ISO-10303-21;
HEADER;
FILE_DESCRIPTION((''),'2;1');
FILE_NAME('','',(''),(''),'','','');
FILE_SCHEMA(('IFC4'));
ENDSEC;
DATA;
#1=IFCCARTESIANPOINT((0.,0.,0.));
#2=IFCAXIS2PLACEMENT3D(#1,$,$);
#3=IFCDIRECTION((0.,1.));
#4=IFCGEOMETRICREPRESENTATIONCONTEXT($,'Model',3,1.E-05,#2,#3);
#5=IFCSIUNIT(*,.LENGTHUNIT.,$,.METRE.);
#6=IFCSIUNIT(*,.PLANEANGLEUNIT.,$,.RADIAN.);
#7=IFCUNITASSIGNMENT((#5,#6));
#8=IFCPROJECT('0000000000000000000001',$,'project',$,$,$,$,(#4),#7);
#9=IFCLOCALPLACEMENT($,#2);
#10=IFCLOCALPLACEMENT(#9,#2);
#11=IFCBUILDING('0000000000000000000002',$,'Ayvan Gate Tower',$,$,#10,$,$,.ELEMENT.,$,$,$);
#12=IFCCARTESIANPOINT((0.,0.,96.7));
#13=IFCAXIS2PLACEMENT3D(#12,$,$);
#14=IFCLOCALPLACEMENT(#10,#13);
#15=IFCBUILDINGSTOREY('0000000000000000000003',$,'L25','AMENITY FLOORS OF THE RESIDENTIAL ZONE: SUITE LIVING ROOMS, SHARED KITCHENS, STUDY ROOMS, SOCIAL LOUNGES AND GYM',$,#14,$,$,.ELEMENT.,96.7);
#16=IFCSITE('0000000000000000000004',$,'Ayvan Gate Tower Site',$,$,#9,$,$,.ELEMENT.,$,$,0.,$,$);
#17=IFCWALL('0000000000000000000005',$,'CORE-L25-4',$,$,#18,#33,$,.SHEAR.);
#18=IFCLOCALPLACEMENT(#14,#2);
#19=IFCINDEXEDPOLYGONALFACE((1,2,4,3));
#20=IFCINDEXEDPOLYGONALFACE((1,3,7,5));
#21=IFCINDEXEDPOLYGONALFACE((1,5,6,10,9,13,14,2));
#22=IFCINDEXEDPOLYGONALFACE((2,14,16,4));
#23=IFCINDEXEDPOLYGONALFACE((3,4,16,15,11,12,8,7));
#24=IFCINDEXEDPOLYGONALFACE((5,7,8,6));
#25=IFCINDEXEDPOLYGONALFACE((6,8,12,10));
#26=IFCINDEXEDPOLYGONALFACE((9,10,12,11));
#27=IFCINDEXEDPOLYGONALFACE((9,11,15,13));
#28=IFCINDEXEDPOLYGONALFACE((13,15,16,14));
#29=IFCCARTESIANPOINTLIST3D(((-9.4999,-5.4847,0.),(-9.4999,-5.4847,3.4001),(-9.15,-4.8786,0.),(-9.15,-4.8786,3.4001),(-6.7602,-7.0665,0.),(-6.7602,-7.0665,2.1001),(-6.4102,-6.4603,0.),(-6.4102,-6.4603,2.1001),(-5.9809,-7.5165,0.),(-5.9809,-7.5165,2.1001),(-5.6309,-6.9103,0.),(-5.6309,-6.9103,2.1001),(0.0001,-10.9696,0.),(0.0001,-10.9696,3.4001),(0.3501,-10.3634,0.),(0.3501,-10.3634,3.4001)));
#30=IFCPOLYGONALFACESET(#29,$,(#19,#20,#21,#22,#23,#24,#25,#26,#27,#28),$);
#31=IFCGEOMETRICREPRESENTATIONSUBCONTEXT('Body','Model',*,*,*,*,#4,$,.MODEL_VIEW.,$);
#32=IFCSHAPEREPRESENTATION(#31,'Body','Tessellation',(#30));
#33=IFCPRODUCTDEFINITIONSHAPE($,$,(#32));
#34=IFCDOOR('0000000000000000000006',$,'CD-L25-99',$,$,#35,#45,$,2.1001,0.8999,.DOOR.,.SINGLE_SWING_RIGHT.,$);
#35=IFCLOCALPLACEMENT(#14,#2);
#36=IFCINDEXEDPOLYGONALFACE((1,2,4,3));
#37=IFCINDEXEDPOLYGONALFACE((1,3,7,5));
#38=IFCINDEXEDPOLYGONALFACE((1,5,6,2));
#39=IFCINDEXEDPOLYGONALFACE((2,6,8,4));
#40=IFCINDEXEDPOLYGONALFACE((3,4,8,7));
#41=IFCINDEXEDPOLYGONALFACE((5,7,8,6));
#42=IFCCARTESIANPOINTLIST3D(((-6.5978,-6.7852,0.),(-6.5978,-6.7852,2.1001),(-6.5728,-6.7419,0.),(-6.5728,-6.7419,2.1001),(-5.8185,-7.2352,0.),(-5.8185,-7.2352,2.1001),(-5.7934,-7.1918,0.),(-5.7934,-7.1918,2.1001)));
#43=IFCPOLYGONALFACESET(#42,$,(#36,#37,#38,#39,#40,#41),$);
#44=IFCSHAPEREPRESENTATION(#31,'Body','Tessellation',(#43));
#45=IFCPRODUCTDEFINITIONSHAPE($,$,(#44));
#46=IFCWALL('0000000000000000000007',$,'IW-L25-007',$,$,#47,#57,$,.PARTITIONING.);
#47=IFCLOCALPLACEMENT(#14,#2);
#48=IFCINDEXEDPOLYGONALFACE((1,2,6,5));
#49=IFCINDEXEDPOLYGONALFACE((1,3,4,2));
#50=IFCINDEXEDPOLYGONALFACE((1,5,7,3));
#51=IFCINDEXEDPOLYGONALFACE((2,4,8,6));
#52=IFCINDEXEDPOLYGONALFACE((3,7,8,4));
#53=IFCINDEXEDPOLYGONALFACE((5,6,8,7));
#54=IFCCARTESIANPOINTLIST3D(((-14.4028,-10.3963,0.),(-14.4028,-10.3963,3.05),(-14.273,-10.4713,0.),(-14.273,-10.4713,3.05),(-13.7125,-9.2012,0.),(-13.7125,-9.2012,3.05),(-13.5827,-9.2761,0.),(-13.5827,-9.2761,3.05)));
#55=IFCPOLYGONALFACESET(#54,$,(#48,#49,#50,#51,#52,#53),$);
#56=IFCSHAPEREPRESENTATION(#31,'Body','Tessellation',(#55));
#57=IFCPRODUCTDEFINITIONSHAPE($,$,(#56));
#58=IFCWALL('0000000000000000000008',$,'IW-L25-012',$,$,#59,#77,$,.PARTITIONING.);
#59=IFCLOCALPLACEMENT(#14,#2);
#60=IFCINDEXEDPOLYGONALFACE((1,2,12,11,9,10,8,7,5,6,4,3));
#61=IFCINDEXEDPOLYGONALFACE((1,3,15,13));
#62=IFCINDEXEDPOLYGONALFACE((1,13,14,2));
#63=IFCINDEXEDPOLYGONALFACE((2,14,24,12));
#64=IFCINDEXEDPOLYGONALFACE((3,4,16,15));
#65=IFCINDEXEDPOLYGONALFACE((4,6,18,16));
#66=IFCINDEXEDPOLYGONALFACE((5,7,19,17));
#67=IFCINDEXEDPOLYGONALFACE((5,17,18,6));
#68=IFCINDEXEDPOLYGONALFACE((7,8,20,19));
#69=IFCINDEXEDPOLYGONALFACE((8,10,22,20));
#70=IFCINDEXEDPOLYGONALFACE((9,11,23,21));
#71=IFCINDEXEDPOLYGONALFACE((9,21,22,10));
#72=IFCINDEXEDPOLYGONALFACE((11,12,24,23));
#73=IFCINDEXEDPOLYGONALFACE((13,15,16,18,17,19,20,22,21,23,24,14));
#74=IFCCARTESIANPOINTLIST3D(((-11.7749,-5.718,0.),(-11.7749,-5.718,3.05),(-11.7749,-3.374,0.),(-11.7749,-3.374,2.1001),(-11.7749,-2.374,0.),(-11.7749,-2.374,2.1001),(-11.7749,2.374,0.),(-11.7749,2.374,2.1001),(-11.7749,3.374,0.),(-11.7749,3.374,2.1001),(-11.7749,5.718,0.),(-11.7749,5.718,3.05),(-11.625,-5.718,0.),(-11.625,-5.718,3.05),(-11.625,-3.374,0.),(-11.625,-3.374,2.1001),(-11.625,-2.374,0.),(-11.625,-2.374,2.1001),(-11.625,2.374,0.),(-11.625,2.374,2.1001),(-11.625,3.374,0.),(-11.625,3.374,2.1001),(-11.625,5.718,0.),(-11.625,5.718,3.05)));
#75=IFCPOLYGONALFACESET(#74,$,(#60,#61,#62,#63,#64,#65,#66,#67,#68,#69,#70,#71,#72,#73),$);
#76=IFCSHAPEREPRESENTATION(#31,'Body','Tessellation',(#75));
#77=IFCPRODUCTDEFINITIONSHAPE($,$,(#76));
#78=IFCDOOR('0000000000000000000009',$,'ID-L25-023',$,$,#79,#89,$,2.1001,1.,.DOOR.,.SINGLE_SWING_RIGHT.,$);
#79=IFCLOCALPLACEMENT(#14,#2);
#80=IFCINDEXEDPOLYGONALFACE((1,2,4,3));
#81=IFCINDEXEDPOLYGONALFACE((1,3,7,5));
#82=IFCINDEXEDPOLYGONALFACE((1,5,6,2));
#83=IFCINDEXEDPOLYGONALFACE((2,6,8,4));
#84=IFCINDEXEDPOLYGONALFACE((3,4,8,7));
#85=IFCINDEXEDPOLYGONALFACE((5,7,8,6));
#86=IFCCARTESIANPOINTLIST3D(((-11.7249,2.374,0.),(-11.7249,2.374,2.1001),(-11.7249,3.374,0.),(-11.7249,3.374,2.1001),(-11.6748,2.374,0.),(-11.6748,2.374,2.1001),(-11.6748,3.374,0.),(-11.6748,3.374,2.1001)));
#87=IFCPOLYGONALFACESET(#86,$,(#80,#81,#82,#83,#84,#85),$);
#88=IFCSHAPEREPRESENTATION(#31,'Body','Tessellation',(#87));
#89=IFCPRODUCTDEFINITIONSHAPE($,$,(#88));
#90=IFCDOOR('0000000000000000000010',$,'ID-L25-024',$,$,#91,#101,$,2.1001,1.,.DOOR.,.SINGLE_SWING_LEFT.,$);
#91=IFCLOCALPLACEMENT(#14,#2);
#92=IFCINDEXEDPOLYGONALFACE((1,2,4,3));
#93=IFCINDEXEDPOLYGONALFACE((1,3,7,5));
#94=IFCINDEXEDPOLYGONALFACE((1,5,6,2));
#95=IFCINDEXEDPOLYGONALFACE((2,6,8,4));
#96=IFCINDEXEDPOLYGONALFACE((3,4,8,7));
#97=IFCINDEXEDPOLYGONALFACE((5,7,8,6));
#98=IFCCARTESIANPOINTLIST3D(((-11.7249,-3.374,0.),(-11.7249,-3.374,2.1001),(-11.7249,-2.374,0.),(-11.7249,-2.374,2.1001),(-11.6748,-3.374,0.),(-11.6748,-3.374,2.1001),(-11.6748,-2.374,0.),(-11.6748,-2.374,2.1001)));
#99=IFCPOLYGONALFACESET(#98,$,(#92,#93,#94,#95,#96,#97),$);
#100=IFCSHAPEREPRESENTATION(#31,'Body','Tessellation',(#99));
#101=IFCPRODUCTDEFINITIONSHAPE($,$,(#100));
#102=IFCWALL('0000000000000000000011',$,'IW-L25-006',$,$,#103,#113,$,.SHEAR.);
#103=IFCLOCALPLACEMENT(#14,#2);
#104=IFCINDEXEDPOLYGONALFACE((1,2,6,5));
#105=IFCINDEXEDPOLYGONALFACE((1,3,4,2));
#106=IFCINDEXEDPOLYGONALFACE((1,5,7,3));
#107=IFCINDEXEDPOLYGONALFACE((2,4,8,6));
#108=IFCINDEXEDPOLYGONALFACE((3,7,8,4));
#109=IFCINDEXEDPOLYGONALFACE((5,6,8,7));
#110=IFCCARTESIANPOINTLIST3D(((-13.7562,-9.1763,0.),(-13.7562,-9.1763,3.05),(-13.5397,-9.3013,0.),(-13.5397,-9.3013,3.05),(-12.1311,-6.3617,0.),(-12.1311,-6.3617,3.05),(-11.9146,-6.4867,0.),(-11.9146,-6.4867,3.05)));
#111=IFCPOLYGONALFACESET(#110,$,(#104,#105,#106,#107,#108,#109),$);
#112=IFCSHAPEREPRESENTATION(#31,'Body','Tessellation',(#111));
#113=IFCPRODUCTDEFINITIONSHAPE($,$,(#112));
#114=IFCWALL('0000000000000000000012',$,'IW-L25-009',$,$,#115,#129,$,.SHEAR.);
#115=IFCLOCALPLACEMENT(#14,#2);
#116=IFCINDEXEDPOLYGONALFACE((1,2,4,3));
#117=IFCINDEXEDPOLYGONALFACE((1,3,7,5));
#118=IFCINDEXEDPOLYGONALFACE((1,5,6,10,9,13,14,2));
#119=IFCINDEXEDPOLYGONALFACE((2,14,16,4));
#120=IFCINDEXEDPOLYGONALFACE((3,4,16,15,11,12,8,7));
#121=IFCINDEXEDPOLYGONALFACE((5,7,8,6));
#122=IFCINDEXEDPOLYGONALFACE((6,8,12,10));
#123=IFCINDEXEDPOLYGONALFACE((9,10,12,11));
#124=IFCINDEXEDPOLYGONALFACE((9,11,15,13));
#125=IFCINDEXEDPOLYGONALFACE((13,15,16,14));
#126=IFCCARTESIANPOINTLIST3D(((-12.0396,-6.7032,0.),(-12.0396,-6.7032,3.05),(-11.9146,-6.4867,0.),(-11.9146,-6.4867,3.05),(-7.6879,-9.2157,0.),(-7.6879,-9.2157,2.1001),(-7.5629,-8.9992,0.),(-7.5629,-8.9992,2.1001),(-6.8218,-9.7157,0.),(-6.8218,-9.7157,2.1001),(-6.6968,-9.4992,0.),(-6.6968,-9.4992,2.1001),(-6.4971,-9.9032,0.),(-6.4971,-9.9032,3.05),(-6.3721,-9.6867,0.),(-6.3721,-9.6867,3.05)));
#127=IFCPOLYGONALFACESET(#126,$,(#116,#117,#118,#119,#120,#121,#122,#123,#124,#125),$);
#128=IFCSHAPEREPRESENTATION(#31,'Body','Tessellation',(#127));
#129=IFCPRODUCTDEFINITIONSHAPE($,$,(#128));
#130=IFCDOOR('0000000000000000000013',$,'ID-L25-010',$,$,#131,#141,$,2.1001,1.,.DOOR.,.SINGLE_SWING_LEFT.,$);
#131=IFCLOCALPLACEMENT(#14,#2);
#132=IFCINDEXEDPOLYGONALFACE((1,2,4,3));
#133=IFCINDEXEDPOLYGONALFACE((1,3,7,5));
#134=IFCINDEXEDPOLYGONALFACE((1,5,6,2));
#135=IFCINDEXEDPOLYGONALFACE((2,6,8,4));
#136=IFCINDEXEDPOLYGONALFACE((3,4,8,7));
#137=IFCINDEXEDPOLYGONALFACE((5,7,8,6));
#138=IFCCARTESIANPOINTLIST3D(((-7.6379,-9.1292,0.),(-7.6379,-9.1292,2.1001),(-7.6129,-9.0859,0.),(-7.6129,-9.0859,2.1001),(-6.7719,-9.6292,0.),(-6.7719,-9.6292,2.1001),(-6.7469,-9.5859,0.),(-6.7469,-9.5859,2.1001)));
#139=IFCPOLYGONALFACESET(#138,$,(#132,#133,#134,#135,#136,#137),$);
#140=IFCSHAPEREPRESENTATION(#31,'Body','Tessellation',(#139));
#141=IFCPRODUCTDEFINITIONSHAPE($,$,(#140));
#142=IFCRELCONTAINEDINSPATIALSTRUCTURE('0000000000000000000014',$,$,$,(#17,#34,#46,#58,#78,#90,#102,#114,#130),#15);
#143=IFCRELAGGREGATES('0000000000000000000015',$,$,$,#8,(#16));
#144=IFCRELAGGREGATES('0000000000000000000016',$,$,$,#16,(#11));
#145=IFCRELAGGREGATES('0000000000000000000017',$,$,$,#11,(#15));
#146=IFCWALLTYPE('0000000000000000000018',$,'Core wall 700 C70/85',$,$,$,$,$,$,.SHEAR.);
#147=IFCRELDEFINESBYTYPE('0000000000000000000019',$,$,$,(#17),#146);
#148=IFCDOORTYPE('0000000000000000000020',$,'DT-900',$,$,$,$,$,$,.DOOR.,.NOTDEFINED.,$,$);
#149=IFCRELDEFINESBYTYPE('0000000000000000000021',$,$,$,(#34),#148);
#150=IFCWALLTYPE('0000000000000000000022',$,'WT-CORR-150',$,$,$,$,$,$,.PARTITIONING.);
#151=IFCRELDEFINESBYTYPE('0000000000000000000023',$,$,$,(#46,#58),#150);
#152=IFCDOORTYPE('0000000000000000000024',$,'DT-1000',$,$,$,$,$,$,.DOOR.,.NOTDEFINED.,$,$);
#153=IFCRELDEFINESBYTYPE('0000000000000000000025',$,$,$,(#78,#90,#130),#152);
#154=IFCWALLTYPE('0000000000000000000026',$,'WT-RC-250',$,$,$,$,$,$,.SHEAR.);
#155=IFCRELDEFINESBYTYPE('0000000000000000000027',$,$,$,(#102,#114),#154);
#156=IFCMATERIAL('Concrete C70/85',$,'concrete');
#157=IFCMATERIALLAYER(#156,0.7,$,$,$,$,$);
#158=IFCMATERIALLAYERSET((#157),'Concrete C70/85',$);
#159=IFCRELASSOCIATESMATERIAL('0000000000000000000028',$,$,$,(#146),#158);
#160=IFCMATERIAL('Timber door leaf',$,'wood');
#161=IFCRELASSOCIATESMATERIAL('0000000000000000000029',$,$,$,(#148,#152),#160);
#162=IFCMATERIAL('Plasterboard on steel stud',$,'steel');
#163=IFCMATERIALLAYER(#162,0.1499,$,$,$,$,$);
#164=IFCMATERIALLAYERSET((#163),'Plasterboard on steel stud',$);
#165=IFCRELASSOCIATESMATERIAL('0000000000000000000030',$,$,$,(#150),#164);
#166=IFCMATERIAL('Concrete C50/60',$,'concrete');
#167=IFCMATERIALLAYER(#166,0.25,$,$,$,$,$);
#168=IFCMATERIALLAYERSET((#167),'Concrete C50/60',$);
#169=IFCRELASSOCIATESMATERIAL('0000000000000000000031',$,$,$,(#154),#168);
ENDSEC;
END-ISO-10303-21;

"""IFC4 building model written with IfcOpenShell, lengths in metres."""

from ifc_helpers import new_model, si_unit, direction, frame, frame_2d, origin, place, context, subcontext, project, spatial, rectangle, extrude, material, layer, layer_set, type_object, element, fill, save


model = new_model("IFC4")

# Units and contexts
model_context = context("Model", 3, precision=1e-05, world=origin(), true_north=direction((0.0, 1.0)))
body_context = subcontext(model_context, "Body", "Model", "MODEL_VIEW")
ifc_project = project(units=[si_unit("LENGTHUNIT", "METRE"), si_unit("PLANEANGLEUNIT", "RADIAN")], contexts=[model_context])

# Site, building, storey
site_placement = place(None, origin())
site = spatial("IfcSite", under=ifc_project, at=site_placement, Name="Ayvan Gate Tower Site", CompositionType="ELEMENT", RefElevation=0.0)
building_placement = place(site_placement, origin())
building = spatial("IfcBuilding", under=site, at=building_placement, Name="Ayvan Gate Tower", CompositionType="ELEMENT")
storey_placement = place(building_placement, frame((0.0, 0.0, 96.7)))
storey = spatial("IfcBuildingStorey", under=building, at=storey_placement, Name="L25", Description="AMENITY FLOORS OF THE RESIDENTIAL ZONE: SUITE LIVING ROOMS, SHARED KITCHENS, STUDY ROOMS, SOCIAL LOUNGES AND GYM", CompositionType="ELEMENT", Elevation=96.7)

# Wall, opening, door
ifc_material_1 = material(Name="Concrete C70/85", Category="concrete")
ifc_layer_1 = layer(ifc_material_1, 0.7)
ifc_layer_set_1 = layer_set([ifc_layer_1], Name="Concrete C70/85")
wall_type_1 = type_object("IfcWallType", Name="Core wall 700 C70/85", PredefinedType="SHEAR", material=ifc_layer_set_1)
wall_1_placement = place(storey_placement, frame((-9.325, -5.1816, 0.0), z_axis=(0.0, 0.0, 1.0), x_axis=(0.866024, -0.500002, 0.0)))
wall_1 = element("IfcWall", 1, at=wall_1_placement, inside=storey, type_object=wall_type_1, Name="CORE-L25-4", PredefinedType="SHEAR", context=body_context, shape_type="SweptSolid", body=[
    extrude(rectangle(XDim=10.9697, YDim=0.7, at=frame_2d((5.4849, 0.0))), origin(), (0.0, 0.0, 1.0), 3.4001),
])
opening_1_placement = place(wall_1_placement, frame((3.1636, 0.0, 0.0)))
opening_1 = element("IfcOpeningElement", 2, at=opening_1_placement, cuts=wall_1, PredefinedType="OPENING", context=body_context, shape_type="SweptSolid", body=[
    extrude(rectangle(XDim=0.8999, YDim=2.1001, at=frame_2d((0.45, 1.05))), frame((0.0, 0.3599, 0.0), z_axis=(0.0, -1.0, 0.0), x_axis=(1.0, 0.0, 0.0)), (0.0, 0.0, 1.0), 0.72),
])
ifc_material_2 = material(Name="Timber door leaf", Category="wood")
door_type_1 = type_object("IfcDoorType", Name="DT-900", OperationType="NOTDEFINED", PredefinedType="DOOR", material=ifc_material_2)
door_1_placement = place(opening_1_placement, origin())
door_1 = element("IfcDoor", 3, at=door_1_placement, inside=storey, type_object=door_type_1, Name="CD-L25-99", OperationType="SINGLE_SWING_RIGHT", OverallHeight=2.1001, OverallWidth=0.8999, PredefinedType="DOOR", context=body_context, shape_type="SweptSolid", body=[
    extrude(rectangle(XDim=0.8999, YDim=2.1001, at=frame_2d((0.45, 1.05))), frame((0.0, 0.0249, 0.0), z_axis=(0.0, -1.0, 0.0), x_axis=(1.0, 0.0, 0.0)), (0.0, 0.0, 1.0), 0.05),
])
fill(opening_1, door_1)

# Wall
ifc_material_3 = material(Name="Plasterboard on steel stud", Category="steel")
ifc_layer_2 = layer(ifc_material_3, 0.1499)
ifc_layer_set_2 = layer_set([ifc_layer_2], Name="Plasterboard on steel stud")
wall_type_2 = type_object("IfcWallType", Name="WT-CORR-150", PredefinedType="PARTITIONING", material=ifc_layer_set_2)
wall_2_placement = place(storey_placement, frame((-13.6477, -9.2388, 0.0), z_axis=(0.0, 0.0, 1.0), x_axis=(-0.500115, -0.865959, 0.0)))
element("IfcWall", 4, at=wall_2_placement, inside=storey, type_object=wall_type_2, Name="IW-L25-007", PredefinedType="PARTITIONING", context=body_context, shape_type="SweptSolid", body=[
    extrude(rectangle(XDim=1.3801, YDim=0.1499, at=frame_2d((0.6899, 0.0))), origin(), (0.0, 0.0, 1.0), 3.05),
])

# Wall, openings, doors
wall_3_placement = place(storey_placement, frame((-11.7, -5.718, 0.0), z_axis=(0.0, 0.0, 1.0), x_axis=(0.0, 1.0, 0.0)))
wall_3 = element("IfcWall", 5, at=wall_3_placement, inside=storey, type_object=wall_type_2, Name="IW-L25-012", PredefinedType="PARTITIONING", context=body_context, shape_type="SweptSolid", body=[
    extrude(rectangle(XDim=11.436, YDim=0.1499, at=frame_2d((5.718, 0.0))), origin(), (0.0, 0.0, 1.0), 3.05),
])
opening_2_placement = place(wall_3_placement, frame((8.092, 0.0, 0.0)))
opening_2 = element("IfcOpeningElement", 6, at=opening_2_placement, cuts=wall_3, PredefinedType="OPENING", context=body_context, shape_type="SweptSolid", body=[
    extrude(rectangle(XDim=1.0, YDim=2.1001, at=frame_2d((0.5, 1.05))), frame((0.0, 0.085, 0.0), z_axis=(0.0, -1.0, 0.0), x_axis=(1.0, 0.0, 0.0)), (0.0, 0.0, 1.0), 0.1699),
])
opening_3_placement = place(wall_3_placement, frame((2.344, 0.0, 0.0)))
opening_3 = element("IfcOpeningElement", 7, at=opening_3_placement, cuts=wall_3, PredefinedType="OPENING", context=body_context, shape_type="SweptSolid", body=[
    extrude(rectangle(XDim=1.0, YDim=2.1001, at=frame_2d((0.5, 1.05))), frame((0.0, 0.085, 0.0), z_axis=(0.0, -1.0, 0.0), x_axis=(1.0, 0.0, 0.0)), (0.0, 0.0, 1.0), 0.1699),
])
door_type_2 = type_object("IfcDoorType", Name="DT-1000", OperationType="NOTDEFINED", PredefinedType="DOOR", material=ifc_material_2)
door_2_placement = place(opening_2_placement, origin())
door_2 = element("IfcDoor", 8, at=door_2_placement, inside=storey, type_object=door_type_2, Name="ID-L25-023", OperationType="SINGLE_SWING_RIGHT", OverallHeight=2.1001, OverallWidth=1.0, PredefinedType="DOOR", context=body_context, shape_type="SweptSolid", body=[
    extrude(rectangle(XDim=1.0, YDim=2.1001, at=frame_2d((0.5, 1.05))), frame((0.0, 0.0249, 0.0), z_axis=(0.0, -1.0, 0.0), x_axis=(1.0, 0.0, 0.0)), (0.0, 0.0, 1.0), 0.05),
])
fill(opening_2, door_2)
door_3_placement = place(opening_3_placement, origin())
door_3 = element("IfcDoor", 9, at=door_3_placement, inside=storey, type_object=door_type_2, Name="ID-L25-024", OperationType="SINGLE_SWING_LEFT", OverallHeight=2.1001, OverallWidth=1.0, PredefinedType="DOOR", context=body_context, shape_type="SweptSolid", body=[
    extrude(rectangle(XDim=1.0, YDim=2.1001, at=frame_2d((0.5, 1.05))), frame((0.0, 0.0249, 0.0), z_axis=(0.0, -1.0, 0.0), x_axis=(1.0, 0.0, 0.0)), (0.0, 0.0, 1.0), 0.05),
])
fill(opening_3, door_3)

# Wall
ifc_material_4 = material(Name="Concrete C50/60", Category="concrete")
ifc_layer_3 = layer(ifc_material_4, 0.25)
ifc_layer_set_3 = layer_set([ifc_layer_3], Name="Concrete C50/60")
wall_type_3 = type_object("IfcWallType", Name="WT-RC-250", PredefinedType="SHEAR", material=ifc_layer_set_3)
wall_4_placement = place(storey_placement, frame((-13.6479, -9.2388, 0.0), z_axis=(0.0, 0.0, 1.0), x_axis=(0.500017, 0.866015, 0.0)))
element("IfcWall", 10, at=wall_4_placement, inside=storey, type_object=wall_type_3, Name="IW-L25-006", PredefinedType="SHEAR", context=body_context, shape_type="SweptSolid", body=[
    extrude(rectangle(XDim=3.25, YDim=0.25, at=frame_2d((1.625, 0.0))), origin(), (0.0, 0.0, 1.0), 3.05),
])

# Wall, opening, door
wall_5_placement = place(storey_placement, frame((-11.9771, -6.595, 0.0), z_axis=(0.0, 0.0, 1.0), x_axis=(0.866025, -0.5, 0.0)))
wall_5 = element("IfcWall", 11, at=wall_5_placement, inside=storey, type_object=wall_type_3, Name="IW-L25-009", PredefinedType="SHEAR", context=body_context, shape_type="SweptSolid", body=[
    extrude(rectangle(XDim=6.3999, YDim=0.25, at=frame_2d((3.2, 0.0))), origin(), (0.0, 0.0, 1.0), 3.05),
])
opening_4_placement = place(wall_5_placement, frame((5.0249, 0.0, 0.0)))
opening_4 = element("IfcOpeningElement", 12, at=opening_4_placement, cuts=wall_5, PredefinedType="OPENING", context=body_context, shape_type="SweptSolid", body=[
    extrude(rectangle(XDim=1.0, YDim=2.1001, at=frame_2d((0.5, 1.05))), frame((0.0, 0.135, 0.0), z_axis=(0.0, -1.0, 0.0), x_axis=(1.0, 0.0, 0.0)), (0.0, 0.0, 1.0), 0.27),
])
door_4_placement = place(opening_4_placement, origin())
door_4 = element("IfcDoor", 13, at=door_4_placement, inside=storey, type_object=door_type_2, Name="ID-L25-010", OperationType="SINGLE_SWING_LEFT", OverallHeight=2.1001, OverallWidth=1.0, PredefinedType="DOOR", context=body_context, shape_type="SweptSolid", body=[
    extrude(rectangle(XDim=1.0, YDim=2.1001, at=frame_2d((0.5, 1.05))), frame((0.0, 0.0249, 0.0), z_axis=(0.0, -1.0, 0.0), x_axis=(1.0, 0.0, 0.0)), (0.0, 0.0, 1.0), 0.05),
])
fill(opening_4, door_4)

save(model, "model.ifc")
